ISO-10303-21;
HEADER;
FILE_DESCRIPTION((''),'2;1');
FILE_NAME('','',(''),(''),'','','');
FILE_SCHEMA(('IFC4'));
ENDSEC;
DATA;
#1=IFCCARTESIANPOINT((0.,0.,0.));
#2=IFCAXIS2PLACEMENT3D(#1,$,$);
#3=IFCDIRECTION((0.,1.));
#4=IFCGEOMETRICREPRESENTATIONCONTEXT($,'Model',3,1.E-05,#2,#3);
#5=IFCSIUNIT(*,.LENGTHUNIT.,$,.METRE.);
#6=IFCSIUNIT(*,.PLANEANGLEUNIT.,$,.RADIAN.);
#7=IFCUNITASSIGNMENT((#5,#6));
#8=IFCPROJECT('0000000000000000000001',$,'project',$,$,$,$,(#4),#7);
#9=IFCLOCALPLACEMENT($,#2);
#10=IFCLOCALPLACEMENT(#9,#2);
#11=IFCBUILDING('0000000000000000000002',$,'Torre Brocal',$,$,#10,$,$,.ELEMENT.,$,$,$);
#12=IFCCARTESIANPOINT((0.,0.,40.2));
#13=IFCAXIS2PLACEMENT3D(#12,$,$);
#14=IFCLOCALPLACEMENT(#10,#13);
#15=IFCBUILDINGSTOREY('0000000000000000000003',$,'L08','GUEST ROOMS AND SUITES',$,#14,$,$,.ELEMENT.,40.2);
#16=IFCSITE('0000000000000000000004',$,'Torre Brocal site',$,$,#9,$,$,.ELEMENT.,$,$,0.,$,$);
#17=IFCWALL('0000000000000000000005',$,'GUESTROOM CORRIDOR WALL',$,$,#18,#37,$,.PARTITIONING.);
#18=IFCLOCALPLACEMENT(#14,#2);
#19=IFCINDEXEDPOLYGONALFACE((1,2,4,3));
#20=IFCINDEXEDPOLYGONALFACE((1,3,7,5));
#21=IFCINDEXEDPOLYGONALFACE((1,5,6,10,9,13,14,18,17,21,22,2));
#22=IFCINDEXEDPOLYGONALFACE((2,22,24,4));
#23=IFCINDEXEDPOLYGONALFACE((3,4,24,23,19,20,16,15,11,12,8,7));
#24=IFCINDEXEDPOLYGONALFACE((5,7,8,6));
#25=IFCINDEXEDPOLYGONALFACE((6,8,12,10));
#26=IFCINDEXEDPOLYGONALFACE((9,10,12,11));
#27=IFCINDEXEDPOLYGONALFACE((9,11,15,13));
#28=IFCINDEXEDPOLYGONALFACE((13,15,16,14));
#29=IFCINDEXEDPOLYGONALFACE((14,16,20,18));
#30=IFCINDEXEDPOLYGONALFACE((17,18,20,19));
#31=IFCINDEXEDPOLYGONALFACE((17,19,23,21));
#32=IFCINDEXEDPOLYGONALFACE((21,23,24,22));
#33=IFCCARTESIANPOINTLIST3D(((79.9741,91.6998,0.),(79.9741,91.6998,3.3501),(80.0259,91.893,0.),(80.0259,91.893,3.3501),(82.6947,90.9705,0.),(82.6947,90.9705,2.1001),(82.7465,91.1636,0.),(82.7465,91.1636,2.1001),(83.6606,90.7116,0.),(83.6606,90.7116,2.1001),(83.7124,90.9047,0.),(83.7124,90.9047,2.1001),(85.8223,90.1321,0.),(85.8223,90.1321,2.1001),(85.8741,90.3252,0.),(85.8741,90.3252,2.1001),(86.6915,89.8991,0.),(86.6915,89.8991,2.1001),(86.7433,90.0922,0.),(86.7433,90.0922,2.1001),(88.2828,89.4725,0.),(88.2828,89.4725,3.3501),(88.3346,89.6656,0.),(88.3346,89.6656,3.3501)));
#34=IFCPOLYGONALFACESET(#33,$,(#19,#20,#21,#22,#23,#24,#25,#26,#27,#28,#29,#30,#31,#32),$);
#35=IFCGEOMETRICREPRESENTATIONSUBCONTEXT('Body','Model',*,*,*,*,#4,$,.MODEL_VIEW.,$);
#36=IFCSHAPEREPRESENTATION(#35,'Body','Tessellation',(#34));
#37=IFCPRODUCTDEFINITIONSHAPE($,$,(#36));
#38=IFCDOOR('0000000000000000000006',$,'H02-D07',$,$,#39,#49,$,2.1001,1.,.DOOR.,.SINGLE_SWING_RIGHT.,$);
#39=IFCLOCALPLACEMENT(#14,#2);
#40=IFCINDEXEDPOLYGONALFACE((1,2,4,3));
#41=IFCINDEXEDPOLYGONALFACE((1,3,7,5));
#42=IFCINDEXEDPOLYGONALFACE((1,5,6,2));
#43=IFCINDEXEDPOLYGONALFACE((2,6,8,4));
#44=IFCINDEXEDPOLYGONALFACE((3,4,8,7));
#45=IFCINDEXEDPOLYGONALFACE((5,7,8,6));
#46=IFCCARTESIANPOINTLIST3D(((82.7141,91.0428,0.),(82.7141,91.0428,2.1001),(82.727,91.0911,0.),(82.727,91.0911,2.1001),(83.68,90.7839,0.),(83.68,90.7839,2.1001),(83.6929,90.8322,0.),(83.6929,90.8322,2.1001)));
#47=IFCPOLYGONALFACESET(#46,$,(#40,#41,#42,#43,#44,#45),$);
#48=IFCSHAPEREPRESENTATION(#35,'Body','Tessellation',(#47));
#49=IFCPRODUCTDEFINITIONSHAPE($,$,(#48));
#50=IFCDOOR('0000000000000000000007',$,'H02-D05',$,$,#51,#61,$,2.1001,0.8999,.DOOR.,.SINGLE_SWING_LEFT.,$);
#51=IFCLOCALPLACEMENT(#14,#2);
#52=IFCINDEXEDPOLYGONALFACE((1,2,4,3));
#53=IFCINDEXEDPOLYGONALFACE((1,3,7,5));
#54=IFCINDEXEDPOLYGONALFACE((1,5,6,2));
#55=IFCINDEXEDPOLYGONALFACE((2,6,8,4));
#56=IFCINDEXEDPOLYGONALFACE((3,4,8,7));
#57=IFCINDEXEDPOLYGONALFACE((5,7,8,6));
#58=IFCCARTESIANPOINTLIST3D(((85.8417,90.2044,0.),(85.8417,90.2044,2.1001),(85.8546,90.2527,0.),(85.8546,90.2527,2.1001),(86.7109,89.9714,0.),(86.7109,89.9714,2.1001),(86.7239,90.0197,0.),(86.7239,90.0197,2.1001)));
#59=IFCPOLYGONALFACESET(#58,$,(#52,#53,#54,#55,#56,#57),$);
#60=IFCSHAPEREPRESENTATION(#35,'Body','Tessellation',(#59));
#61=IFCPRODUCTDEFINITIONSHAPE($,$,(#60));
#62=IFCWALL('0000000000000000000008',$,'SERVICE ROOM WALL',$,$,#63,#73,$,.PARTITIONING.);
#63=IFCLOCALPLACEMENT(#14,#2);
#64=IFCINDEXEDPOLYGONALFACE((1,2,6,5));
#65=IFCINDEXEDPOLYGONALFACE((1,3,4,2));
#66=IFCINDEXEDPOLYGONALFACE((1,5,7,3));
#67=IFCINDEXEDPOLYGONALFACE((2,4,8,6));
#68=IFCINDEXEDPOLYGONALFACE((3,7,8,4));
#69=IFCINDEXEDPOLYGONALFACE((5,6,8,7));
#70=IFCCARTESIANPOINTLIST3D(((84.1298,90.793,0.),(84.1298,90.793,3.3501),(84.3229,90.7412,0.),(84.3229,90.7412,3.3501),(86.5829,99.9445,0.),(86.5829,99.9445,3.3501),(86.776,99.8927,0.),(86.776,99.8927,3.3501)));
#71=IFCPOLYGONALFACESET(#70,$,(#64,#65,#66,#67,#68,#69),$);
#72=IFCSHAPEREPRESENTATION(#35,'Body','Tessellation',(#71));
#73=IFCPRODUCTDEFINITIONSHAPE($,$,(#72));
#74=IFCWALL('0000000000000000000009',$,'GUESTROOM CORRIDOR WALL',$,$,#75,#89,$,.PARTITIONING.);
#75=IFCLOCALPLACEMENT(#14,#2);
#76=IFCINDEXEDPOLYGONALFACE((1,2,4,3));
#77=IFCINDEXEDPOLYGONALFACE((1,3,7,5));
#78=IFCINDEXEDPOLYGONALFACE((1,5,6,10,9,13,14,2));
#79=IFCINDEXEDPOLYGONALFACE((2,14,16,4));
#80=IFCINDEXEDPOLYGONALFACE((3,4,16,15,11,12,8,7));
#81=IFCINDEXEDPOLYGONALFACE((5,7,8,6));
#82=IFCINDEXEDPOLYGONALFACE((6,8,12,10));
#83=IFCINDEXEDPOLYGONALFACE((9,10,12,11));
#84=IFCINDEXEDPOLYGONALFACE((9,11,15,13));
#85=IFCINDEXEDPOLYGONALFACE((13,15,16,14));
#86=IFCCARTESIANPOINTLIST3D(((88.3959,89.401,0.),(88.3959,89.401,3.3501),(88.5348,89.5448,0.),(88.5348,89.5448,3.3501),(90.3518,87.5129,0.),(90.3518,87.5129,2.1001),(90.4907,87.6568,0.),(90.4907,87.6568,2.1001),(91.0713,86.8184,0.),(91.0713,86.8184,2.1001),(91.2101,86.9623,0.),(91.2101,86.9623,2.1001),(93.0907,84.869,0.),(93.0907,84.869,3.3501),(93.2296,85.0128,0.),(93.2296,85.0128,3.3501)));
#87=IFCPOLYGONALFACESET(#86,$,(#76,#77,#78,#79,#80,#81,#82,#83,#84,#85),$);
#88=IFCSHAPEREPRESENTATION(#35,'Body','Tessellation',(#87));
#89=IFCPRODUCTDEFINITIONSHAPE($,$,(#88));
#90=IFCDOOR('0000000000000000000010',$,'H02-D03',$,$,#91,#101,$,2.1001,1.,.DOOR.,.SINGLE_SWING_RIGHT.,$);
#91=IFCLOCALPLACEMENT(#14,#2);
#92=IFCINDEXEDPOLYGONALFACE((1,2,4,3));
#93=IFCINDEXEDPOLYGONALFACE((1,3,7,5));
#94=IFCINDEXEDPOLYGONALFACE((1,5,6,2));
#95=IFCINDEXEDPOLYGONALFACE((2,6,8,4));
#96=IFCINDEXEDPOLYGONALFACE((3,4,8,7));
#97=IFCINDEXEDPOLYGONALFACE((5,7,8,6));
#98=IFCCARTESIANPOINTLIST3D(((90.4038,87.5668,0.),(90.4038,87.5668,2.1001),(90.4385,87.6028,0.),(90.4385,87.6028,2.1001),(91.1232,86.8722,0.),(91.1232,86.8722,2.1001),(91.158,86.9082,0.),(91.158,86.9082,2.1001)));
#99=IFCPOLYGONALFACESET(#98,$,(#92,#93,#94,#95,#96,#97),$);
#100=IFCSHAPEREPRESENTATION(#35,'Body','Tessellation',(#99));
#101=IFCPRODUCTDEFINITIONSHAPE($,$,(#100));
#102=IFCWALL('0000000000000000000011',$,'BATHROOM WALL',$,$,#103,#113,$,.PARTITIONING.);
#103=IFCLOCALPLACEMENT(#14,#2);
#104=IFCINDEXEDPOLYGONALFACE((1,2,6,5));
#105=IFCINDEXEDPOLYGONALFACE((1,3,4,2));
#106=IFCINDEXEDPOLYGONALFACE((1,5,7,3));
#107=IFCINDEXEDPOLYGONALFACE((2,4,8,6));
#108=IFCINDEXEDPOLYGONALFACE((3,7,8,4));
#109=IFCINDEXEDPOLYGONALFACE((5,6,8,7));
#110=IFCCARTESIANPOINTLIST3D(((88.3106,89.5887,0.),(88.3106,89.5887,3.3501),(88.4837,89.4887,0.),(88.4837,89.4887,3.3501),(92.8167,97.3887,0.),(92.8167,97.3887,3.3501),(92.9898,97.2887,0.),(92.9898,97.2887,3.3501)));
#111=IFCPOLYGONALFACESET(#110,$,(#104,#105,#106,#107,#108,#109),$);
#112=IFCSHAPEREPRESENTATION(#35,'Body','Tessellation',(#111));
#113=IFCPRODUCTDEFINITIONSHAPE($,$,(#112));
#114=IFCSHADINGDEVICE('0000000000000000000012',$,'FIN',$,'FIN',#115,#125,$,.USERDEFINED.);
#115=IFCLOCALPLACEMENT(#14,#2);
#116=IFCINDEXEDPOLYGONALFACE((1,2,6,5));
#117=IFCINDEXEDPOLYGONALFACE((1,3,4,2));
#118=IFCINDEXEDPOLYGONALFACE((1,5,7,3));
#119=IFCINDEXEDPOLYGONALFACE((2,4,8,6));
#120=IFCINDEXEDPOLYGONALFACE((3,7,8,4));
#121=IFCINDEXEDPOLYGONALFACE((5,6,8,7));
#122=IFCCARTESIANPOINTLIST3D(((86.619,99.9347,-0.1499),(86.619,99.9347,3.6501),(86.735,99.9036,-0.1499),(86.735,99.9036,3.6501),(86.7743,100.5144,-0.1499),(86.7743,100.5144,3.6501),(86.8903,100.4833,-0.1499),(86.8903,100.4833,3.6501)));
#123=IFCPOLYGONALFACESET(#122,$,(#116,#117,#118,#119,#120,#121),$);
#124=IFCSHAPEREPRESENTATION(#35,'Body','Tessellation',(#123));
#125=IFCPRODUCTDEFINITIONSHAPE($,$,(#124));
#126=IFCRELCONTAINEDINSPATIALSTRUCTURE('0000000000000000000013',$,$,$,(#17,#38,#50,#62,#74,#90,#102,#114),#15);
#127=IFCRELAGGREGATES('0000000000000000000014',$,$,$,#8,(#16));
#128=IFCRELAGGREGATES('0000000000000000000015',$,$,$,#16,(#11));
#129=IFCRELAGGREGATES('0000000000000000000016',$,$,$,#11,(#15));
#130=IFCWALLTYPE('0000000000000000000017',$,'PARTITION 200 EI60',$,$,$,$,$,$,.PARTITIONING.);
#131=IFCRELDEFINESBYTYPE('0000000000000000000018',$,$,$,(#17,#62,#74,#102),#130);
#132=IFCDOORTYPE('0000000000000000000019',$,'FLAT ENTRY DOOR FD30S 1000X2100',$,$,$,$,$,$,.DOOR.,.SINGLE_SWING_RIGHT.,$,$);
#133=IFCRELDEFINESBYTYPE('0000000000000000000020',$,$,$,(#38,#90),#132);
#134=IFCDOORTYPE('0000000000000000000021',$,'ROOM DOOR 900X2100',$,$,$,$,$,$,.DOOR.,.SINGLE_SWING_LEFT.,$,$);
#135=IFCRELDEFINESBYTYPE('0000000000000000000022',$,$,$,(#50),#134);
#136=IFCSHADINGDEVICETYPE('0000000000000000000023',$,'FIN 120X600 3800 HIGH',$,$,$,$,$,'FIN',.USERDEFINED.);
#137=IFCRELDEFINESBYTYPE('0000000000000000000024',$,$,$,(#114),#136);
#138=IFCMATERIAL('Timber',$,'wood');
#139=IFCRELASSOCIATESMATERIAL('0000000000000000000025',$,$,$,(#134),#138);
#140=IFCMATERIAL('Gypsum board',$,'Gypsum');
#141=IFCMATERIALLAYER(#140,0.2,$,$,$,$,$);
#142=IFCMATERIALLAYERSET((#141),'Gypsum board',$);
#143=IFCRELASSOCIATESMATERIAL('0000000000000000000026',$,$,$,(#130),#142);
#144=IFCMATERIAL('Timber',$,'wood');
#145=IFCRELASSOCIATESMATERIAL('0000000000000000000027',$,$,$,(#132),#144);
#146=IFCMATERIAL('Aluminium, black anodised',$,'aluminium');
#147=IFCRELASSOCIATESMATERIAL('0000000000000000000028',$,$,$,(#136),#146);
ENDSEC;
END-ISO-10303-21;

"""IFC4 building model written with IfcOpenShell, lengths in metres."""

from ifc_helpers import new_model, si_unit, direction, frame, frame_2d, origin, origin_2d, place, context, subcontext, project, spatial, rectangle, extrude, material, layer, layer_set, material_profile, profile_set, type_object, element, fill, save


model = new_model("IFC4")

# Units and contexts
model_context = context("Model", 3, precision=1e-05, world=origin(), true_north=direction((0.0, 1.0)))
body_context = subcontext(model_context, "Body", "Model", "MODEL_VIEW")
ifc_project = project(units=[si_unit("LENGTHUNIT", "METRE"), si_unit("PLANEANGLEUNIT", "RADIAN")], contexts=[model_context])

# Site, building, storey
site_placement = place(None, origin())
site = spatial("IfcSite", under=ifc_project, at=site_placement, Name="Torre Brocal site", CompositionType="ELEMENT", RefElevation=0.0)
building_placement = place(site_placement, origin())
building = spatial("IfcBuilding", under=site, at=building_placement, Name="Torre Brocal", CompositionType="ELEMENT")
storey_placement = place(building_placement, frame((0.0, 0.0, 40.2)))
storey = spatial("IfcBuildingStorey", under=building, at=storey_placement, Name="L08", Description="GUEST ROOMS AND SUITES", CompositionType="ELEMENT", Elevation=40.2)

# Shared definitions
ifc_material_1 = material(Name="Timber", Category="wood")
door_type_1 = type_object("IfcDoorType", Name="ROOM DOOR 900X2100", OperationType="SINGLE_SWING_LEFT", PredefinedType="DOOR", material=ifc_material_1)
ifc_material_2 = material(Name="Gypsum board", Category="Gypsum")
ifc_layer_1 = layer(ifc_material_2, 0.2)
ifc_layer_set_1 = layer_set([ifc_layer_1], Name="Gypsum board")
wall_type_1 = type_object("IfcWallType", Name="PARTITION 200 EI60", PredefinedType="PARTITIONING", material=ifc_layer_set_1)

# Wall, openings, doors
wall_1_placement = place(storey_placement, frame((80.0, 91.7964, 0.0), z_axis=(0.0, 0.0, 1.0), x_axis=(0.965896, -0.258929, 0.0)))
wall_1 = element("IfcWall", 1, at=wall_1_placement, inside=storey, type_object=wall_type_1, Name="GUESTROOM CORRIDOR WALL", PredefinedType="PARTITIONING", context=body_context, shape_type="SweptSolid", body=[
    extrude(rectangle(XDim=8.6021, YDim=0.2, at=frame_2d((4.301, 0.0))), origin(), (0.0, 0.0, 1.0), 3.3501),
])
opening_1_placement = place(wall_1_placement, frame((6.0547, 0.0, 0.0)))
opening_1 = element("IfcOpeningElement", 2, at=opening_1_placement, cuts=wall_1, PredefinedType="OPENING", context=body_context, shape_type="SweptSolid", body=[
    extrude(rectangle(XDim=0.8999, YDim=2.1001, at=frame_2d((0.45, 1.05))), frame((0.0, 0.1099, 0.0), z_axis=(0.0, -1.0, 0.0), x_axis=(1.0, 0.0, 0.0)), (0.0, 0.0, 1.0), 0.22),
])
opening_2_placement = place(wall_1_placement, frame((2.8167, 0.0, 0.0)))
opening_2 = element("IfcOpeningElement", 3, at=opening_2_placement, cuts=wall_1, PredefinedType="OPENING", context=body_context, shape_type="SweptSolid", body=[
    extrude(rectangle(XDim=1.0, YDim=2.1001, at=frame_2d((0.5, 1.05))), frame((0.0, 0.1099, 0.0), z_axis=(0.0, -1.0, 0.0), x_axis=(1.0, 0.0, 0.0)), (0.0, 0.0, 1.0), 0.22),
])
ifc_material_3 = material(Name="Timber", Category="wood")
door_type_2 = type_object("IfcDoorType", Name="FLAT ENTRY DOOR FD30S 1000X2100", OperationType="SINGLE_SWING_RIGHT", PredefinedType="DOOR", material=ifc_material_3)
door_1_placement = place(opening_2_placement, origin())
door_1 = element("IfcDoor", 4, at=door_1_placement, inside=storey, type_object=door_type_2, Name="H02-D07", OperationType="SINGLE_SWING_RIGHT", OverallHeight=2.1001, OverallWidth=1.0, PredefinedType="DOOR", context=body_context, shape_type="SweptSolid", body=[
    extrude(rectangle(XDim=1.0, YDim=2.1001, at=frame_2d((0.5, 1.05))), frame((0.0, 0.0249, 0.0), z_axis=(0.0, -1.0, 0.0), x_axis=(1.0, 0.0, 0.0)), (0.0, 0.0, 1.0), 0.05),
])
fill(opening_2, door_1)
door_2_placement = place(opening_1_placement, origin())
door_2 = element("IfcDoor", 5, at=door_2_placement, inside=storey, type_object=door_type_1, Name="H02-D05", OperationType="SINGLE_SWING_LEFT", OverallHeight=2.1001, OverallWidth=0.8999, PredefinedType="DOOR", context=body_context, shape_type="SweptSolid", body=[
    extrude(rectangle(XDim=0.8999, YDim=2.1001, at=frame_2d((0.45, 1.05))), frame((0.0, 0.0249, 0.0), z_axis=(0.0, -1.0, 0.0), x_axis=(1.0, 0.0, 0.0)), (0.0, 0.0, 1.0), 0.05),
])
fill(opening_1, door_2)

# Wall
wall_2_placement = place(storey_placement, frame((84.2263, 90.7671, 0.0), z_axis=(0.0, 0.0, 1.0), x_axis=(0.258913, 0.965901, 0.0)))
element("IfcWall", 6, at=wall_2_placement, inside=storey, type_object=wall_type_1, Name="SERVICE ROOM WALL", PredefinedType="PARTITIONING", context=body_context, shape_type="SweptSolid", body=[
    extrude(rectangle(XDim=9.4746, YDim=0.2, at=frame_2d((4.7373, 0.0))), origin(), (0.0, 0.0, 1.0), 3.3501),
])

# Wall, opening, door
wall_3_placement = place(storey_placement, frame((88.4653, 89.4729, 0.0), z_axis=(0.0, 0.0, 1.0), x_axis=(0.719474, -0.694519, 0.0)))
wall_3 = element("IfcWall", 7, at=wall_3_placement, inside=storey, type_object=wall_type_1, Name="GUESTROOM CORRIDOR WALL", PredefinedType="PARTITIONING", context=body_context, shape_type="SweptSolid", body=[
    extrude(rectangle(XDim=6.5254, YDim=0.2, at=frame_2d((3.2627, 0.0))), origin(), (0.0, 0.0, 1.0), 3.3501),
])
opening_3_placement = place(wall_3_placement, frame((2.7185, 0.0, 0.0)))
opening_3 = element("IfcOpeningElement", 8, at=opening_3_placement, cuts=wall_3, PredefinedType="OPENING", context=body_context, shape_type="SweptSolid", body=[
    extrude(rectangle(XDim=1.0, YDim=2.1001, at=frame_2d((0.5, 1.05))), frame((0.0, 0.1099, 0.0), z_axis=(0.0, -1.0, 0.0), x_axis=(1.0, 0.0, 0.0)), (0.0, 0.0, 1.0), 0.22),
])
door_3_placement = place(opening_3_placement, origin())
door_3 = element("IfcDoor", 9, at=door_3_placement, inside=storey, type_object=door_type_2, Name="H02-D03", OperationType="SINGLE_SWING_RIGHT", OverallHeight=2.1001, OverallWidth=1.0, PredefinedType="DOOR", context=body_context, shape_type="SweptSolid", body=[
    extrude(rectangle(XDim=1.0, YDim=2.1001, at=frame_2d((0.5, 1.05))), frame((0.0, 0.0249, 0.0), z_axis=(0.0, -1.0, 0.0), x_axis=(1.0, 0.0, 0.0)), (0.0, 0.0, 1.0), 0.05),
])
fill(opening_3, door_3)

# Wall
wall_4_placement = place(storey_placement, frame((88.3972, 89.5388, 0.0), z_axis=(0.0, 0.0, 1.0), x_axis=(0.500228, 0.865894, 0.0)))
element("IfcWall", 10, at=wall_4_placement, inside=storey, type_object=wall_type_1, Name="BATHROOM WALL", PredefinedType="PARTITIONING", context=body_context, shape_type="SweptSolid", body=[
    extrude(rectangle(XDim=9.0081, YDim=0.2, at=frame_2d((4.5039, 0.0))), origin(), (0.0, 0.0, 1.0), 3.3501),
])

# Shading device
ifc_material_4 = material(Name="Aluminium, black anodised", Category="aluminium")
ifc_material_profile_1 = material_profile(ifc_material_4, rectangle(XDim=0.1201, YDim=0.6001, at=origin_2d()), Name="FIN 120X600 3800 HIGH")
ifc_profile_set_1 = profile_set([ifc_material_profile_1], Name="Aluminium, black anodised")
shading_device_type = type_object("IfcShadingDeviceType", Name="FIN 120X600 3800 HIGH", ElementType="FIN", PredefinedType="USERDEFINED", material=ifc_profile_set_1)
shading_device_placement = place(storey_placement, frame((86.7546, 100.209, -0.1499), z_axis=(0.0, 0.0, 1.0), x_axis=(-0.965926, 0.258819, 0.0)))
element("IfcShadingDevice", 11, at=shading_device_placement, inside=storey, type_object=shading_device_type, Name="FIN", ObjectType="FIN", PredefinedType="USERDEFINED", context=body_context, shape_type="SweptSolid", body=[
    extrude(rectangle(XDim=0.1201, YDim=0.6001, at=origin_2d()), origin(), (0.0, 0.0, 1.0), 3.8),
])

save(model, "model.ifc")
